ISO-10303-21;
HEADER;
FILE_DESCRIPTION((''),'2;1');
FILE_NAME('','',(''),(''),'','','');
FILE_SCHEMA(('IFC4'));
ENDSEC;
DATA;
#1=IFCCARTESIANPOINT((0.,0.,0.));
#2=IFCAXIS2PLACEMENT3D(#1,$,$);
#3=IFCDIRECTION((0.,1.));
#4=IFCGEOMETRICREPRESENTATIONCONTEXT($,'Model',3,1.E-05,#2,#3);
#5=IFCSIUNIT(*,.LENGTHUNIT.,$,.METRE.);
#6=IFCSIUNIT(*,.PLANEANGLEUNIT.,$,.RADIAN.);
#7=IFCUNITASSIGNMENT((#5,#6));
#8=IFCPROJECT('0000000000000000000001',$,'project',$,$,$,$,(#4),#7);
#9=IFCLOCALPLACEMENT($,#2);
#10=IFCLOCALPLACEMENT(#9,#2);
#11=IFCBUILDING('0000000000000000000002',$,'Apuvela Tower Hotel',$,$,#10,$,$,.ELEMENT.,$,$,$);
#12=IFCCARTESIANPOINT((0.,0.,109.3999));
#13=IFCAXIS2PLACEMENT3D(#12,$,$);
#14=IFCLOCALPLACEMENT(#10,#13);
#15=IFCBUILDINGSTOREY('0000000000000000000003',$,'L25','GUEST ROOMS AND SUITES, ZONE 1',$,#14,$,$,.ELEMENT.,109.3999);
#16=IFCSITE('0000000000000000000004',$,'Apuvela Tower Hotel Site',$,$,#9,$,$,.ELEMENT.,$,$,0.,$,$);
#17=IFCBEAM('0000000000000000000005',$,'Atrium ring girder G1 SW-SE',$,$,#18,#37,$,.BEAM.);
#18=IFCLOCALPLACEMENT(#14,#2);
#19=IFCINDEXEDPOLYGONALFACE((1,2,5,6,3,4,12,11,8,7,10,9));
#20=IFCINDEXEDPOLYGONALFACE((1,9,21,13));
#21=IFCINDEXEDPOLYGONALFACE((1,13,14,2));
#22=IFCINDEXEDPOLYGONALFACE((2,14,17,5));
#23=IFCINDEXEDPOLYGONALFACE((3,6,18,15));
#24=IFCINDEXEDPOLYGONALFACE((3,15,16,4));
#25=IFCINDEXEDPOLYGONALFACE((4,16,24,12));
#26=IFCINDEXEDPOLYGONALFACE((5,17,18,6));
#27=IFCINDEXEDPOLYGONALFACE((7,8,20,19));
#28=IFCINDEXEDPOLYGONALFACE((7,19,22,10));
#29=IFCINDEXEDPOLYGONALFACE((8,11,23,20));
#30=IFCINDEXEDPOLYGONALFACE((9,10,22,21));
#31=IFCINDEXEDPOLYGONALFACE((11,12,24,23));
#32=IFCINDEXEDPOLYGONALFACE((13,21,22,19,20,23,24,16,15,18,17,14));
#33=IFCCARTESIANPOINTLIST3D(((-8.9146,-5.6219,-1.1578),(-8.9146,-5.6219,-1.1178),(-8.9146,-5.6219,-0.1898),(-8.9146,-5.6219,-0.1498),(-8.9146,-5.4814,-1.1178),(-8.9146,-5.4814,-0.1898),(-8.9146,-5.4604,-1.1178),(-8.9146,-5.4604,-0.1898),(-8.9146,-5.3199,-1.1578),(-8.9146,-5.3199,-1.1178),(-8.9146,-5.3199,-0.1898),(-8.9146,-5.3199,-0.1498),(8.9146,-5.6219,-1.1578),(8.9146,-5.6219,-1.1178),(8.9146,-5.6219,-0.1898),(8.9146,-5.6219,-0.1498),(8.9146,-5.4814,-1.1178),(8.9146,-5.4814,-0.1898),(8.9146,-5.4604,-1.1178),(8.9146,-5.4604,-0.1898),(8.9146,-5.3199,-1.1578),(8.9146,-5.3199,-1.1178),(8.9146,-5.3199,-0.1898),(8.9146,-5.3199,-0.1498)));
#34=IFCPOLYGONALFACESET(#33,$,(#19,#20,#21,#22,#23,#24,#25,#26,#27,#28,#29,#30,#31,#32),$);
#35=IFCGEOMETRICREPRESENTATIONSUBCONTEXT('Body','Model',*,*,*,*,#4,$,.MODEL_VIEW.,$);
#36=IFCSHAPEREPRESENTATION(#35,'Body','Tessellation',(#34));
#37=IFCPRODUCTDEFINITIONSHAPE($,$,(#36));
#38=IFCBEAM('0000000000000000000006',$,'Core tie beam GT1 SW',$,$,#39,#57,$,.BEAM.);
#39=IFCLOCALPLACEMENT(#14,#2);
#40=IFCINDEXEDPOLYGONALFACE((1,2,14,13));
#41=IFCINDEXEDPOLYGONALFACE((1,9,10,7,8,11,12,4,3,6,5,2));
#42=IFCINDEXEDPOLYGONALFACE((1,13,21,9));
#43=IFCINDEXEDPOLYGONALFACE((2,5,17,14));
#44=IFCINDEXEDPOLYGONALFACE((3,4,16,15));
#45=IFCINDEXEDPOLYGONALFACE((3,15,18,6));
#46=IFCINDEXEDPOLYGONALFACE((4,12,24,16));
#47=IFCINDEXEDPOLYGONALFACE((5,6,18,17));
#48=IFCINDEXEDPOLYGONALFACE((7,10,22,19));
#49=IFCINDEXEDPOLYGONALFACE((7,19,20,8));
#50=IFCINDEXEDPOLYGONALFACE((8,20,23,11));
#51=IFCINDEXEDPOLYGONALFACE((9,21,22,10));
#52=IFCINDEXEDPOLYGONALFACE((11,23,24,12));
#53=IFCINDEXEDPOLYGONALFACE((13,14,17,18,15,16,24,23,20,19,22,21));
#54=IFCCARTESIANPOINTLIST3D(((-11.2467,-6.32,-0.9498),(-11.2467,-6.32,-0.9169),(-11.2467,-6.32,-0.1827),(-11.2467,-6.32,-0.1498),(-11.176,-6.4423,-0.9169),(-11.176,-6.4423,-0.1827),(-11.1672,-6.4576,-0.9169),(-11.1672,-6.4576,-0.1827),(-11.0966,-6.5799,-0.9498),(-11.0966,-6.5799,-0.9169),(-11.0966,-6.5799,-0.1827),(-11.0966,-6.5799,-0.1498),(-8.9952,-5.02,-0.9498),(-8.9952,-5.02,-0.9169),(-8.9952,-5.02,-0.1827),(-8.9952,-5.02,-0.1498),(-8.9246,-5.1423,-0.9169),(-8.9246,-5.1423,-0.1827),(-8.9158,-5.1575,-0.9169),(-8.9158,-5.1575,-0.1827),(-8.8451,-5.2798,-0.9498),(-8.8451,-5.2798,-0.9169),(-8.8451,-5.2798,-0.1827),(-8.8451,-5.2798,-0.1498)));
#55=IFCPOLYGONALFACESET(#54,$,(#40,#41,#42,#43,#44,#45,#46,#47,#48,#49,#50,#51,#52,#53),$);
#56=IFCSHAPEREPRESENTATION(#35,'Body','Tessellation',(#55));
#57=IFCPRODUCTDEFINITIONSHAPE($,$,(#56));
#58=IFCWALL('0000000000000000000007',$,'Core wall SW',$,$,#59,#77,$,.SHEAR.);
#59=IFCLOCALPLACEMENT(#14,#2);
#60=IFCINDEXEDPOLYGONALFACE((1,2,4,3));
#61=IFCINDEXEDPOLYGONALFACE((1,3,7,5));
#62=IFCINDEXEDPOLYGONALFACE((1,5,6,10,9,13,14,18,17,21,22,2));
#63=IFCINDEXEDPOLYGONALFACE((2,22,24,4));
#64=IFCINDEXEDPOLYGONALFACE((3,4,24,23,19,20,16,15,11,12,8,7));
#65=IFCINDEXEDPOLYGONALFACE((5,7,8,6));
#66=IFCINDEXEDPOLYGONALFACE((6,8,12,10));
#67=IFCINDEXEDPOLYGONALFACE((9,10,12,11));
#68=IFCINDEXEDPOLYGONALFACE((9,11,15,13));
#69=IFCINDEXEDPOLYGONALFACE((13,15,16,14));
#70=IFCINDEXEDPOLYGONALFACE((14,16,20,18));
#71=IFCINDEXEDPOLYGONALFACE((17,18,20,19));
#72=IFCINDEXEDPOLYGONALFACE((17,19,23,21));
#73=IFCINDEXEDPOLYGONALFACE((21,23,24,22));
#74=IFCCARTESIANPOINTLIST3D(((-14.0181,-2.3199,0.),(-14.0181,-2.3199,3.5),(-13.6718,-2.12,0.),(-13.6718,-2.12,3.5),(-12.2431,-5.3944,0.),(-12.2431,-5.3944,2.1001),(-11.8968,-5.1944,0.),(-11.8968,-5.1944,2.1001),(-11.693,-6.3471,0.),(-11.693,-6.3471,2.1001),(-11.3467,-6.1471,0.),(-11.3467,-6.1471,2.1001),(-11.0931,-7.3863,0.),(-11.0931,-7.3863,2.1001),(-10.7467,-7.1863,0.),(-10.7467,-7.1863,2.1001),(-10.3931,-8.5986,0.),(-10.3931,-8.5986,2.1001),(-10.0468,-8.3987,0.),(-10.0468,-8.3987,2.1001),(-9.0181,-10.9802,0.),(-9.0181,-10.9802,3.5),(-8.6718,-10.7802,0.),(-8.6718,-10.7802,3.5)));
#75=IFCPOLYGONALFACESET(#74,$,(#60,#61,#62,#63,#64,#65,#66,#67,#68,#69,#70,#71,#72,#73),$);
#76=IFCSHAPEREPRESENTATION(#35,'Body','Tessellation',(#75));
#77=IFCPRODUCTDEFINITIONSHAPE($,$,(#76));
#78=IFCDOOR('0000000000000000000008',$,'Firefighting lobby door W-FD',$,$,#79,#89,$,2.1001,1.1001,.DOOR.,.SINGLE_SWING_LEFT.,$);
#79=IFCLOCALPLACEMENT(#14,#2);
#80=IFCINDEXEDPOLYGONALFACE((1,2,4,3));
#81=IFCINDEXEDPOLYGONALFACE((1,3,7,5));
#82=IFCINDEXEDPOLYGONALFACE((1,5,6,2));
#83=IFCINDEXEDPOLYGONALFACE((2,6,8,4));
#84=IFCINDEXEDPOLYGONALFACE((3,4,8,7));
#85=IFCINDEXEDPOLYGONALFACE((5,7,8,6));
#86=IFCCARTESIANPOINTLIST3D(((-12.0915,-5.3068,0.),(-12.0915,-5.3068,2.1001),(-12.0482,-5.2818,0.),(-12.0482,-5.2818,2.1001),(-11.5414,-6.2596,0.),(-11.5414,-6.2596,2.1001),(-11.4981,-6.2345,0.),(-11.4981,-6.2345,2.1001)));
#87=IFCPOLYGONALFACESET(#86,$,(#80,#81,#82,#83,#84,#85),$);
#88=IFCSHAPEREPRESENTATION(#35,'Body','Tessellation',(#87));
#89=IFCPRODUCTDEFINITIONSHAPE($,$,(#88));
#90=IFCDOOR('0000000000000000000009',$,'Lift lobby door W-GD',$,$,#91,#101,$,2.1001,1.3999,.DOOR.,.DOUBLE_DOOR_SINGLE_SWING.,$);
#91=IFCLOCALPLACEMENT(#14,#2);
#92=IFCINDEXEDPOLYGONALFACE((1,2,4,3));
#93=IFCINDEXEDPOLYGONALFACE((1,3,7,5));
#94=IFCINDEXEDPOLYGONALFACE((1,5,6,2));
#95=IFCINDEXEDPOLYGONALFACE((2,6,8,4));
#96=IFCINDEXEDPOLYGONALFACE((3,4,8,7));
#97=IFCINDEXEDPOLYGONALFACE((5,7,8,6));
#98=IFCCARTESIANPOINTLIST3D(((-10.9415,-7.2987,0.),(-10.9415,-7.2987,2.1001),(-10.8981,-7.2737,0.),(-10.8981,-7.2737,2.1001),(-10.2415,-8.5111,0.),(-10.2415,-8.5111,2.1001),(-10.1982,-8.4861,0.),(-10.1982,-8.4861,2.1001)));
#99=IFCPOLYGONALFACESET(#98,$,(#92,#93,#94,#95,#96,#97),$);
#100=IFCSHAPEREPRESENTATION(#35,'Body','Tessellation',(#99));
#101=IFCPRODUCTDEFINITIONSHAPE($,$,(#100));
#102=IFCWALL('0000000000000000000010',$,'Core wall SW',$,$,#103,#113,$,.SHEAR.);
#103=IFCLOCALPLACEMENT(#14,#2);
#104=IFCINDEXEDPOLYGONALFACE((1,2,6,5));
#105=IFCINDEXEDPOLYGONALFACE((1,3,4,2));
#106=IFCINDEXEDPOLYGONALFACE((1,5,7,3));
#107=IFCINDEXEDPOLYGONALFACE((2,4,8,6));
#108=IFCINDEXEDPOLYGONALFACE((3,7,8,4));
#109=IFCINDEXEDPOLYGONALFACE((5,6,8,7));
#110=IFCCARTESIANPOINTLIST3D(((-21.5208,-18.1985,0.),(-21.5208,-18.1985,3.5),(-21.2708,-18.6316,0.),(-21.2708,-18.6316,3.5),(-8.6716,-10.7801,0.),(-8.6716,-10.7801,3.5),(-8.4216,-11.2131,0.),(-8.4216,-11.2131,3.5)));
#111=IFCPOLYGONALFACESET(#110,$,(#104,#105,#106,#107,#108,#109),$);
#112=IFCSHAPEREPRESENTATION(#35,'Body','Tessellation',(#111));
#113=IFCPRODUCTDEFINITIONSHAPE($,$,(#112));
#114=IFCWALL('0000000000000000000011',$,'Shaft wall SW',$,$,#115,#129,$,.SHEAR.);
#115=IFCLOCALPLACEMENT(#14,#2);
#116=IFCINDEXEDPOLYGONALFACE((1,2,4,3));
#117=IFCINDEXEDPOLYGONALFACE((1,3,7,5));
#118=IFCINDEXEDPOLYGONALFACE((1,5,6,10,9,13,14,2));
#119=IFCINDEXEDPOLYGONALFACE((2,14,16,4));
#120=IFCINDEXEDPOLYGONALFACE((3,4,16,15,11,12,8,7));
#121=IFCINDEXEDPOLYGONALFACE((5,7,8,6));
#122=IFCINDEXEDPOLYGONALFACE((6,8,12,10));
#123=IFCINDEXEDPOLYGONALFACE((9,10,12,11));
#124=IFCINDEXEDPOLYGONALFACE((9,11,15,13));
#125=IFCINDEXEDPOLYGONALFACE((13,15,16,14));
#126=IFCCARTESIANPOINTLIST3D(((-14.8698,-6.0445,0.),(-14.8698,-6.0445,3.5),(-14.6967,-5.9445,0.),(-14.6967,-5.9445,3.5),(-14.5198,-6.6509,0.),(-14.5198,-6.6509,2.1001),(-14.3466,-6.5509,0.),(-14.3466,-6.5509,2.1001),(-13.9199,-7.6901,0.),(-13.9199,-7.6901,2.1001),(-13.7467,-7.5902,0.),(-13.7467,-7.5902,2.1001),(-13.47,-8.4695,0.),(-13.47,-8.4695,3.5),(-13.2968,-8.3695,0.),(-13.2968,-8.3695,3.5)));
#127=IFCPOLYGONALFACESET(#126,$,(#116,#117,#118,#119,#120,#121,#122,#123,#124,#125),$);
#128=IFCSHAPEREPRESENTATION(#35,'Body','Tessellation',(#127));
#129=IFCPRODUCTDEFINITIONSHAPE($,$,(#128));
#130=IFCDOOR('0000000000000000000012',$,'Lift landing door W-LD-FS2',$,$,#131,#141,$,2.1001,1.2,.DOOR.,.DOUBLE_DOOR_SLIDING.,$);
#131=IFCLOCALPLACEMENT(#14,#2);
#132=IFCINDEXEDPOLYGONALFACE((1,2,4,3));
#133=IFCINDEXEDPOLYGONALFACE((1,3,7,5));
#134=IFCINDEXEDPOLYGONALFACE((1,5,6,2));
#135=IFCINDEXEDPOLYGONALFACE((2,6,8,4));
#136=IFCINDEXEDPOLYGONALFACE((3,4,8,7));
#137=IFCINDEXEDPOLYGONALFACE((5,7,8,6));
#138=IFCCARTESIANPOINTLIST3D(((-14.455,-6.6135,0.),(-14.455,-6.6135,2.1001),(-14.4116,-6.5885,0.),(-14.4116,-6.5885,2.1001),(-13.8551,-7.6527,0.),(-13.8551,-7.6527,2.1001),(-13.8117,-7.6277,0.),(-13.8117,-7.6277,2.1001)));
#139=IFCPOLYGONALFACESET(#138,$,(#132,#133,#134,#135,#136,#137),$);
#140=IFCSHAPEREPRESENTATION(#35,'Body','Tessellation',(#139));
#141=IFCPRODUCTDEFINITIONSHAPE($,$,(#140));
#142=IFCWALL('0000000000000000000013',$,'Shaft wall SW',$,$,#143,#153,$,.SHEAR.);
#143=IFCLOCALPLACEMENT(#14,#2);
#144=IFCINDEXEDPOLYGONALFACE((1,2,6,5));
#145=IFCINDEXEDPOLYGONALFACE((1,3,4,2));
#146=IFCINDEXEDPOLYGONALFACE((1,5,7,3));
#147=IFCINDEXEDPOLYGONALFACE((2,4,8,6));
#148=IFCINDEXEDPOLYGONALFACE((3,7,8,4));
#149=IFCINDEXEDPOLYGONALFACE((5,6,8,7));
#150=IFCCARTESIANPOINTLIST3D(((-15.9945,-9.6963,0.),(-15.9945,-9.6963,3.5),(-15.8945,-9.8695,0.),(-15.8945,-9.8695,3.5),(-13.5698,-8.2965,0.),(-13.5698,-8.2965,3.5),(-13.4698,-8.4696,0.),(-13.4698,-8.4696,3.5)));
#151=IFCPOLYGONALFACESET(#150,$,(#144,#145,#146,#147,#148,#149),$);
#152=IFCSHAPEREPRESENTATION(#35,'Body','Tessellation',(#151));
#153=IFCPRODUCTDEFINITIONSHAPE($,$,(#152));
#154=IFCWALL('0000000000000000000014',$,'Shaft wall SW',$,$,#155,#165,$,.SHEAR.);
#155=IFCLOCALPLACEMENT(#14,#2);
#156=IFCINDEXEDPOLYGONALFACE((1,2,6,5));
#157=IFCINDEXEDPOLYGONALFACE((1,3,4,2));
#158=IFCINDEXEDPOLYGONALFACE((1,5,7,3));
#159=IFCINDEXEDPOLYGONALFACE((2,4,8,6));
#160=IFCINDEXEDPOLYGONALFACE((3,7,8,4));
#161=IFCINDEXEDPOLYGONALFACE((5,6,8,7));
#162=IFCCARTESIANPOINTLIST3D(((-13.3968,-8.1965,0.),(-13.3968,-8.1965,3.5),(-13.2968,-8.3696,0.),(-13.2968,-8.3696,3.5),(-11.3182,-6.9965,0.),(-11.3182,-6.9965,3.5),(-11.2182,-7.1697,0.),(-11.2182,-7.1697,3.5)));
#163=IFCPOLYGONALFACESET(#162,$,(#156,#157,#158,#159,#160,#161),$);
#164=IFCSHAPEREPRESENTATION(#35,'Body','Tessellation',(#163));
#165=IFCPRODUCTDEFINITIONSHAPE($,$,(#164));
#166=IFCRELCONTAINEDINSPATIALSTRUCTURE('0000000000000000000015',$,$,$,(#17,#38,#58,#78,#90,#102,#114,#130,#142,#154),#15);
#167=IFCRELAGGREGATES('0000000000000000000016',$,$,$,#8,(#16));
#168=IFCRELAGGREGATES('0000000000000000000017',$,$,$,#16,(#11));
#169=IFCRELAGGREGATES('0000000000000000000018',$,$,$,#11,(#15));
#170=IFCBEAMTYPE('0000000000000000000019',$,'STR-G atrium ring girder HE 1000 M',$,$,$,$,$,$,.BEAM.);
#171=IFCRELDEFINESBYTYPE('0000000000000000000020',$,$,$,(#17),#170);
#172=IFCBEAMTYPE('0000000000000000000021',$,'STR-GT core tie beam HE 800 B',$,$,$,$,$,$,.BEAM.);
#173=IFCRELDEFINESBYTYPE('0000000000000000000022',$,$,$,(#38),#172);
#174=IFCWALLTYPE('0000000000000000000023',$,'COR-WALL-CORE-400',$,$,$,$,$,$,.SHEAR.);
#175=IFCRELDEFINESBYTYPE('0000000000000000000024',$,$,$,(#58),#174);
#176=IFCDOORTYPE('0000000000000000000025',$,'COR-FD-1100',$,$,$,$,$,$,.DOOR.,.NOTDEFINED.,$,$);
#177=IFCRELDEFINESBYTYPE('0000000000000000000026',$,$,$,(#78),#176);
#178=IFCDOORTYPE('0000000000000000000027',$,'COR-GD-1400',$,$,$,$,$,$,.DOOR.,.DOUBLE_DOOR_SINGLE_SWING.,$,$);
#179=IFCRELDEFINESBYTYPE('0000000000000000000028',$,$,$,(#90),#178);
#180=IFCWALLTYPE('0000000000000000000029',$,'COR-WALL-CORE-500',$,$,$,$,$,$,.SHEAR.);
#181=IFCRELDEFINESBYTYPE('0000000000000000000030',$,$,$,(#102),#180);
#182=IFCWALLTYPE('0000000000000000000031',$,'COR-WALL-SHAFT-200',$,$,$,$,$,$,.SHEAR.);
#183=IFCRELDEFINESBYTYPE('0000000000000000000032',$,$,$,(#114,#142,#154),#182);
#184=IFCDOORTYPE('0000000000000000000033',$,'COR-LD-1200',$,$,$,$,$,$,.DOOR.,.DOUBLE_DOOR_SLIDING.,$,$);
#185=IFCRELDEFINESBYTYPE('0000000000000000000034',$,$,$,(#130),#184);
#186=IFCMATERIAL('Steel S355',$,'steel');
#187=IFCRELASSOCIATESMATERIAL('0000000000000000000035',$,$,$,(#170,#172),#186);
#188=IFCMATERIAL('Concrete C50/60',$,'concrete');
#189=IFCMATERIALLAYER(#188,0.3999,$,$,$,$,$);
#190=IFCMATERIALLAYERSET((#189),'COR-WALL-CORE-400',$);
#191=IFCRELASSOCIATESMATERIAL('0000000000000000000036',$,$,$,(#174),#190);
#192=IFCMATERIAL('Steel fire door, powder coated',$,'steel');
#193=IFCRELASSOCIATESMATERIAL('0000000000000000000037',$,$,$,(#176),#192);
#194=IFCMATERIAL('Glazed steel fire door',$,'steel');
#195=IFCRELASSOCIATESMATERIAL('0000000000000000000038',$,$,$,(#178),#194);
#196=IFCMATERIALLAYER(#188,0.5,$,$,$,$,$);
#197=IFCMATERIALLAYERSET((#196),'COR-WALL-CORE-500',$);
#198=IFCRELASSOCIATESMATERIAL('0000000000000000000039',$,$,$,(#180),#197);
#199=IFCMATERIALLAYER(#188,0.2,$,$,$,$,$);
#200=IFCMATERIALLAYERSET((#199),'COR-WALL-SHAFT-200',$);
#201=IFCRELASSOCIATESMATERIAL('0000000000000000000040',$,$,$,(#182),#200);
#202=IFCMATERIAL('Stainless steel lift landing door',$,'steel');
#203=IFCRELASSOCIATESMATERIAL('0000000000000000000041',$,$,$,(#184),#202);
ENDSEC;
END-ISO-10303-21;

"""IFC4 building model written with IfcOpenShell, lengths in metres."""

from ifc_helpers import new_model, si_unit, direction, frame, frame_2d, origin, origin_2d, place, context, subcontext, project, spatial, rectangle, i_section, extrude, material, layer, layer_set, material_profile, profile_set, type_object, element, fill, save


model = new_model("IFC4")

# Units and contexts
model_context = context("Model", 3, precision=1e-05, world=origin(), true_north=direction((0.0, 1.0)))
body_context = subcontext(model_context, "Body", "Model", "MODEL_VIEW")
ifc_project = project(units=[si_unit("LENGTHUNIT", "METRE"), si_unit("PLANEANGLEUNIT", "RADIAN")], contexts=[model_context])

# Site, building, storey
site_placement = place(None, origin())
site = spatial("IfcSite", under=ifc_project, at=site_placement, Name="Apuvela Tower Hotel Site", CompositionType="ELEMENT", RefElevation=0.0)
building_placement = place(site_placement, origin())
building = spatial("IfcBuilding", under=site, at=building_placement, Name="Apuvela Tower Hotel", CompositionType="ELEMENT")
storey_placement = place(building_placement, frame((0.0, 0.0, 109.3999)))
storey = spatial("IfcBuildingStorey", under=building, at=storey_placement, Name="L25", Description="GUEST ROOMS AND SUITES, ZONE 1", CompositionType="ELEMENT", Elevation=109.3999)

# Beams
ifc_material_1 = material(Name="Steel S355", Category="steel")
ifc_material_profile_1 = material_profile(ifc_material_1, i_section(OverallWidth=0.302, OverallDepth=1.0081, WebThickness=0.021, FlangeThickness=0.04, at=origin_2d()), Name="HE 1000 M")
ifc_profile_set_1 = profile_set([ifc_material_profile_1], Name="Steel S355")
beam_type_1 = type_object("IfcBeamType", Name="STR-G atrium ring girder HE 1000 M", PredefinedType="BEAM", material=ifc_profile_set_1)
beam_1_placement = place(storey_placement, frame((-8.9146, -5.4709, -0.6538), z_axis=(1.0, 0.0, 0.0), x_axis=(0.0, 1.0, 0.0)))
element("IfcBeam", 1, at=beam_1_placement, inside=storey, type_object=beam_type_1, Name="Atrium ring girder G1 SW-SE", PredefinedType="BEAM", context=body_context, shape_type="SweptSolid", body=[
    extrude(i_section(OverallWidth=0.302, OverallDepth=1.0081, WebThickness=0.021, FlangeThickness=0.04, at=origin_2d()), origin(), (0.0, 0.0, 1.0), 17.8291),
])
ifc_material_profile_2 = material_profile(ifc_material_1, i_section(OverallWidth=0.3, OverallDepth=0.8, WebThickness=0.0176, FlangeThickness=0.033, at=origin_2d()), Name="HE 800 B")
ifc_profile_set_2 = profile_set([ifc_material_profile_2], Name="Steel S355")
beam_type_2 = type_object("IfcBeamType", Name="STR-GT core tie beam HE 800 B", PredefinedType="BEAM", material=ifc_profile_set_2)
beam_2_placement = place(storey_placement, frame((-11.1716, -6.45, -0.5498), z_axis=(0.865998, 0.500048, 0.0), x_axis=(-0.500048, 0.865998, 0.0)))
element("IfcBeam", 2, at=beam_2_placement, inside=storey, type_object=beam_type_2, Name="Core tie beam GT1 SW", PredefinedType="BEAM", context=body_context, shape_type="SweptSolid", body=[
    extrude(i_section(OverallWidth=0.3, OverallDepth=0.8, WebThickness=0.0176, FlangeThickness=0.033, at=origin_2d()), origin(), (0.0, 0.0, 1.0), 2.5999),
])

# Wall, openings, doors
ifc_material_2 = material(Name="Concrete C50/60", Category="concrete")
ifc_layer_1 = layer(ifc_material_2, 0.3999)
ifc_layer_set_1 = layer_set([ifc_layer_1], Name="COR-WALL-CORE-400")
wall_type_1 = type_object("IfcWallType", Name="COR-WALL-CORE-400", PredefinedType="SHEAR", material=ifc_layer_set_1)
wall_1_placement = place(storey_placement, frame((-13.845, -2.22, 0.0), z_axis=(0.0, 0.0, 1.0), x_axis=(0.500004, -0.866023, 0.0)))
wall_1 = element("IfcWall", 3, at=wall_1_placement, inside=storey, type_object=wall_type_1, Name="Core wall SW", PredefinedType="SHEAR", context=body_context, shape_type="SweptSolid", body=[
    extrude(rectangle(XDim=10.0, YDim=0.3999, at=frame_2d((5.0, 0.0))), origin(), (0.0, 0.0, 1.0), 3.5),
])
opening_1_placement = place(wall_1_placement, frame((3.55, 0.0, 0.0)))
opening_1 = element("IfcOpeningElement", 4, at=opening_1_placement, cuts=wall_1, PredefinedType="OPENING", context=body_context, shape_type="SweptSolid", body=[
    extrude(rectangle(XDim=1.1001, YDim=2.1001, at=frame_2d((0.55, 1.05))), frame((0.0, 0.21, 0.0), z_axis=(0.0, -1.0, 0.0), x_axis=(1.0, 0.0, 0.0)), (0.0, 0.0, 1.0), 0.4199),
])
opening_2_placement = place(wall_1_placement, frame((5.8501, 0.0, 0.0)))
opening_2 = element("IfcOpeningElement", 5, at=opening_2_placement, cuts=wall_1, PredefinedType="OPENING", context=body_context, shape_type="SweptSolid", body=[
    extrude(rectangle(XDim=1.3999, YDim=2.1001, at=frame_2d((0.7, 1.05))), frame((0.0, 0.21, 0.0), z_axis=(0.0, -1.0, 0.0), x_axis=(1.0, 0.0, 0.0)), (0.0, 0.0, 1.0), 0.4199),
])
ifc_material_3 = material(Name="Steel fire door, powder coated", Category="steel")
door_type_1 = type_object("IfcDoorType", Name="COR-FD-1100", OperationType="NOTDEFINED", PredefinedType="DOOR", material=ifc_material_3)
door_1_placement = place(opening_1_placement, frame((1.1001, 0.0, 0.0), z_axis=(0.0, 0.0, 1.0), x_axis=(-1.0, 0.0, 0.0)))
door_1 = element("IfcDoor", 6, at=door_1_placement, inside=storey, type_object=door_type_1, Name="Firefighting lobby door W-FD", OperationType="SINGLE_SWING_LEFT", OverallHeight=2.1001, OverallWidth=1.1001, PredefinedType="DOOR", context=body_context, shape_type="SweptSolid", body=[
    extrude(rectangle(XDim=1.1001, YDim=2.1001, at=frame_2d((0.55, 1.05))), frame((0.0, 0.0249, 0.0), z_axis=(0.0, -1.0, 0.0), x_axis=(1.0, 0.0, 0.0)), (0.0, 0.0, 1.0), 0.05),
])
fill(opening_1, door_1)
ifc_material_4 = material(Name="Glazed steel fire door", Category="steel")
door_type_2 = type_object("IfcDoorType", Name="COR-GD-1400", OperationType="DOUBLE_DOOR_SINGLE_SWING", PredefinedType="DOOR", material=ifc_material_4)
door_2_placement = place(opening_2_placement, frame((1.3999, 0.0, 0.0), z_axis=(0.0, 0.0, 1.0), x_axis=(-1.0, 0.0, 0.0)))
door_2 = element("IfcDoor", 7, at=door_2_placement, inside=storey, type_object=door_type_2, Name="Lift lobby door W-GD", OperationType="DOUBLE_DOOR_SINGLE_SWING", OverallHeight=2.1001, OverallWidth=1.3999, PredefinedType="DOOR", context=body_context, shape_type="SweptSolid", body=[
    extrude(rectangle(XDim=1.3999, YDim=2.1001, at=frame_2d((0.7, 1.05))), frame((0.0, 0.0249, 0.0), z_axis=(0.0, -1.0, 0.0), x_axis=(1.0, 0.0, 0.0)), (0.0, 0.0, 1.0), 0.05),
])
fill(opening_2, door_2)

# Wall
ifc_layer_2 = layer(ifc_material_2, 0.5)
ifc_layer_set_2 = layer_set([ifc_layer_2], Name="COR-WALL-CORE-500")
wall_type_2 = type_object("IfcWallType", Name="COR-WALL-CORE-500", PredefinedType="SHEAR", material=ifc_layer_set_2)
wall_2_placement = place(storey_placement, frame((-8.5466, -10.9966, 0.0), z_axis=(0.0, 0.0, 1.0), x_axis=(-0.866025, -0.500001, 0.0)))
element("IfcWall", 8, at=wall_2_placement, inside=storey, type_object=wall_type_2, Name="Core wall SW", PredefinedType="SHEAR", context=body_context, shape_type="SweptSolid", body=[
    extrude(rectangle(XDim=14.8369, YDim=0.5, at=frame_2d((7.4185, 0.0))), origin(), (0.0, 0.0, 1.0), 3.5),
])

# Wall, opening, door
ifc_layer_3 = layer(ifc_material_2, 0.2)
ifc_layer_set_3 = layer_set([ifc_layer_3], Name="COR-WALL-SHAFT-200")
wall_type_3 = type_object("IfcWallType", Name="COR-WALL-SHAFT-200", PredefinedType="SHEAR", material=ifc_layer_set_3)
wall_3_placement = place(storey_placement, frame((-14.7832, -5.9946, 0.0), z_axis=(0.0, 0.0, 1.0), x_axis=(0.499946, -0.866056, 0.0)))
wall_3 = element("IfcWall", 9, at=wall_3_placement, inside=storey, type_object=wall_type_3, Name="Shaft wall SW", PredefinedType="SHEAR", context=body_context, shape_type="SweptSolid", body=[
    extrude(rectangle(XDim=2.8, YDim=0.2, at=frame_2d((1.3999, 0.0))), origin(), (0.0, 0.0, 1.0), 3.5),
])
opening_3_placement = place(wall_3_placement, frame((0.7, 0.0, 0.0)))
opening_3 = element("IfcOpeningElement", 10, at=opening_3_placement, cuts=wall_3, PredefinedType="OPENING", context=body_context, shape_type="SweptSolid", body=[
    extrude(rectangle(XDim=1.2, YDim=2.1001, at=frame_2d((0.6001, 1.05))), frame((0.0, 0.1099, 0.0), z_axis=(0.0, -1.0, 0.0), x_axis=(1.0, 0.0, 0.0)), (0.0, 0.0, 1.0), 0.22),
])
ifc_material_5 = material(Name="Stainless steel lift landing door", Category="steel")
door_type_3 = type_object("IfcDoorType", Name="COR-LD-1200", OperationType="DOUBLE_DOOR_SLIDING", PredefinedType="DOOR", material=ifc_material_5)
door_3_placement = place(opening_3_placement, origin())
door_3 = element("IfcDoor", 11, at=door_3_placement, inside=storey, type_object=door_type_3, Name="Lift landing door W-LD-FS2", OperationType="DOUBLE_DOOR_SLIDING", OverallHeight=2.1001, OverallWidth=1.2, PredefinedType="DOOR", context=body_context, shape_type="SweptSolid", body=[
    extrude(rectangle(XDim=1.2, YDim=2.1001, at=frame_2d((0.6001, 1.05))), frame((0.0, 0.0249, 0.0), z_axis=(0.0, -1.0, 0.0), x_axis=(1.0, 0.0, 0.0)), (0.0, 0.0, 1.0), 0.05),
])
fill(opening_3, door_3)

# Walls
wall_4_placement = place(storey_placement, frame((-13.5198, -8.3831, 0.0), z_axis=(0.0, 0.0, 1.0), x_axis=(-0.866035, -0.499984, 0.0)))
element("IfcWall", 12, at=wall_4_placement, inside=storey, type_object=wall_type_3, Name="Shaft wall SW", PredefinedType="SHEAR", context=body_context, shape_type="SweptSolid", body=[
    extrude(rectangle(XDim=2.7998, YDim=0.2, at=frame_2d((1.3999, 0.0))), origin(), (0.0, 0.0, 1.0), 3.5),
])
wall_5_placement = place(storey_placement, frame((-11.2681, -7.083, 0.0), z_axis=(0.0, 0.0, 1.0), x_axis=(-0.86605, -0.499957, 0.0)))
element("IfcWall", 13, at=wall_5_placement, inside=storey, type_object=wall_type_3, Name="Shaft wall SW", PredefinedType="SHEAR", context=body_context, shape_type="SweptSolid", body=[
    extrude(rectangle(XDim=2.4001, YDim=0.2, at=frame_2d((1.2002, 0.0))), origin(), (0.0, 0.0, 1.0), 3.5),
])

save(model, "model.ifc")
